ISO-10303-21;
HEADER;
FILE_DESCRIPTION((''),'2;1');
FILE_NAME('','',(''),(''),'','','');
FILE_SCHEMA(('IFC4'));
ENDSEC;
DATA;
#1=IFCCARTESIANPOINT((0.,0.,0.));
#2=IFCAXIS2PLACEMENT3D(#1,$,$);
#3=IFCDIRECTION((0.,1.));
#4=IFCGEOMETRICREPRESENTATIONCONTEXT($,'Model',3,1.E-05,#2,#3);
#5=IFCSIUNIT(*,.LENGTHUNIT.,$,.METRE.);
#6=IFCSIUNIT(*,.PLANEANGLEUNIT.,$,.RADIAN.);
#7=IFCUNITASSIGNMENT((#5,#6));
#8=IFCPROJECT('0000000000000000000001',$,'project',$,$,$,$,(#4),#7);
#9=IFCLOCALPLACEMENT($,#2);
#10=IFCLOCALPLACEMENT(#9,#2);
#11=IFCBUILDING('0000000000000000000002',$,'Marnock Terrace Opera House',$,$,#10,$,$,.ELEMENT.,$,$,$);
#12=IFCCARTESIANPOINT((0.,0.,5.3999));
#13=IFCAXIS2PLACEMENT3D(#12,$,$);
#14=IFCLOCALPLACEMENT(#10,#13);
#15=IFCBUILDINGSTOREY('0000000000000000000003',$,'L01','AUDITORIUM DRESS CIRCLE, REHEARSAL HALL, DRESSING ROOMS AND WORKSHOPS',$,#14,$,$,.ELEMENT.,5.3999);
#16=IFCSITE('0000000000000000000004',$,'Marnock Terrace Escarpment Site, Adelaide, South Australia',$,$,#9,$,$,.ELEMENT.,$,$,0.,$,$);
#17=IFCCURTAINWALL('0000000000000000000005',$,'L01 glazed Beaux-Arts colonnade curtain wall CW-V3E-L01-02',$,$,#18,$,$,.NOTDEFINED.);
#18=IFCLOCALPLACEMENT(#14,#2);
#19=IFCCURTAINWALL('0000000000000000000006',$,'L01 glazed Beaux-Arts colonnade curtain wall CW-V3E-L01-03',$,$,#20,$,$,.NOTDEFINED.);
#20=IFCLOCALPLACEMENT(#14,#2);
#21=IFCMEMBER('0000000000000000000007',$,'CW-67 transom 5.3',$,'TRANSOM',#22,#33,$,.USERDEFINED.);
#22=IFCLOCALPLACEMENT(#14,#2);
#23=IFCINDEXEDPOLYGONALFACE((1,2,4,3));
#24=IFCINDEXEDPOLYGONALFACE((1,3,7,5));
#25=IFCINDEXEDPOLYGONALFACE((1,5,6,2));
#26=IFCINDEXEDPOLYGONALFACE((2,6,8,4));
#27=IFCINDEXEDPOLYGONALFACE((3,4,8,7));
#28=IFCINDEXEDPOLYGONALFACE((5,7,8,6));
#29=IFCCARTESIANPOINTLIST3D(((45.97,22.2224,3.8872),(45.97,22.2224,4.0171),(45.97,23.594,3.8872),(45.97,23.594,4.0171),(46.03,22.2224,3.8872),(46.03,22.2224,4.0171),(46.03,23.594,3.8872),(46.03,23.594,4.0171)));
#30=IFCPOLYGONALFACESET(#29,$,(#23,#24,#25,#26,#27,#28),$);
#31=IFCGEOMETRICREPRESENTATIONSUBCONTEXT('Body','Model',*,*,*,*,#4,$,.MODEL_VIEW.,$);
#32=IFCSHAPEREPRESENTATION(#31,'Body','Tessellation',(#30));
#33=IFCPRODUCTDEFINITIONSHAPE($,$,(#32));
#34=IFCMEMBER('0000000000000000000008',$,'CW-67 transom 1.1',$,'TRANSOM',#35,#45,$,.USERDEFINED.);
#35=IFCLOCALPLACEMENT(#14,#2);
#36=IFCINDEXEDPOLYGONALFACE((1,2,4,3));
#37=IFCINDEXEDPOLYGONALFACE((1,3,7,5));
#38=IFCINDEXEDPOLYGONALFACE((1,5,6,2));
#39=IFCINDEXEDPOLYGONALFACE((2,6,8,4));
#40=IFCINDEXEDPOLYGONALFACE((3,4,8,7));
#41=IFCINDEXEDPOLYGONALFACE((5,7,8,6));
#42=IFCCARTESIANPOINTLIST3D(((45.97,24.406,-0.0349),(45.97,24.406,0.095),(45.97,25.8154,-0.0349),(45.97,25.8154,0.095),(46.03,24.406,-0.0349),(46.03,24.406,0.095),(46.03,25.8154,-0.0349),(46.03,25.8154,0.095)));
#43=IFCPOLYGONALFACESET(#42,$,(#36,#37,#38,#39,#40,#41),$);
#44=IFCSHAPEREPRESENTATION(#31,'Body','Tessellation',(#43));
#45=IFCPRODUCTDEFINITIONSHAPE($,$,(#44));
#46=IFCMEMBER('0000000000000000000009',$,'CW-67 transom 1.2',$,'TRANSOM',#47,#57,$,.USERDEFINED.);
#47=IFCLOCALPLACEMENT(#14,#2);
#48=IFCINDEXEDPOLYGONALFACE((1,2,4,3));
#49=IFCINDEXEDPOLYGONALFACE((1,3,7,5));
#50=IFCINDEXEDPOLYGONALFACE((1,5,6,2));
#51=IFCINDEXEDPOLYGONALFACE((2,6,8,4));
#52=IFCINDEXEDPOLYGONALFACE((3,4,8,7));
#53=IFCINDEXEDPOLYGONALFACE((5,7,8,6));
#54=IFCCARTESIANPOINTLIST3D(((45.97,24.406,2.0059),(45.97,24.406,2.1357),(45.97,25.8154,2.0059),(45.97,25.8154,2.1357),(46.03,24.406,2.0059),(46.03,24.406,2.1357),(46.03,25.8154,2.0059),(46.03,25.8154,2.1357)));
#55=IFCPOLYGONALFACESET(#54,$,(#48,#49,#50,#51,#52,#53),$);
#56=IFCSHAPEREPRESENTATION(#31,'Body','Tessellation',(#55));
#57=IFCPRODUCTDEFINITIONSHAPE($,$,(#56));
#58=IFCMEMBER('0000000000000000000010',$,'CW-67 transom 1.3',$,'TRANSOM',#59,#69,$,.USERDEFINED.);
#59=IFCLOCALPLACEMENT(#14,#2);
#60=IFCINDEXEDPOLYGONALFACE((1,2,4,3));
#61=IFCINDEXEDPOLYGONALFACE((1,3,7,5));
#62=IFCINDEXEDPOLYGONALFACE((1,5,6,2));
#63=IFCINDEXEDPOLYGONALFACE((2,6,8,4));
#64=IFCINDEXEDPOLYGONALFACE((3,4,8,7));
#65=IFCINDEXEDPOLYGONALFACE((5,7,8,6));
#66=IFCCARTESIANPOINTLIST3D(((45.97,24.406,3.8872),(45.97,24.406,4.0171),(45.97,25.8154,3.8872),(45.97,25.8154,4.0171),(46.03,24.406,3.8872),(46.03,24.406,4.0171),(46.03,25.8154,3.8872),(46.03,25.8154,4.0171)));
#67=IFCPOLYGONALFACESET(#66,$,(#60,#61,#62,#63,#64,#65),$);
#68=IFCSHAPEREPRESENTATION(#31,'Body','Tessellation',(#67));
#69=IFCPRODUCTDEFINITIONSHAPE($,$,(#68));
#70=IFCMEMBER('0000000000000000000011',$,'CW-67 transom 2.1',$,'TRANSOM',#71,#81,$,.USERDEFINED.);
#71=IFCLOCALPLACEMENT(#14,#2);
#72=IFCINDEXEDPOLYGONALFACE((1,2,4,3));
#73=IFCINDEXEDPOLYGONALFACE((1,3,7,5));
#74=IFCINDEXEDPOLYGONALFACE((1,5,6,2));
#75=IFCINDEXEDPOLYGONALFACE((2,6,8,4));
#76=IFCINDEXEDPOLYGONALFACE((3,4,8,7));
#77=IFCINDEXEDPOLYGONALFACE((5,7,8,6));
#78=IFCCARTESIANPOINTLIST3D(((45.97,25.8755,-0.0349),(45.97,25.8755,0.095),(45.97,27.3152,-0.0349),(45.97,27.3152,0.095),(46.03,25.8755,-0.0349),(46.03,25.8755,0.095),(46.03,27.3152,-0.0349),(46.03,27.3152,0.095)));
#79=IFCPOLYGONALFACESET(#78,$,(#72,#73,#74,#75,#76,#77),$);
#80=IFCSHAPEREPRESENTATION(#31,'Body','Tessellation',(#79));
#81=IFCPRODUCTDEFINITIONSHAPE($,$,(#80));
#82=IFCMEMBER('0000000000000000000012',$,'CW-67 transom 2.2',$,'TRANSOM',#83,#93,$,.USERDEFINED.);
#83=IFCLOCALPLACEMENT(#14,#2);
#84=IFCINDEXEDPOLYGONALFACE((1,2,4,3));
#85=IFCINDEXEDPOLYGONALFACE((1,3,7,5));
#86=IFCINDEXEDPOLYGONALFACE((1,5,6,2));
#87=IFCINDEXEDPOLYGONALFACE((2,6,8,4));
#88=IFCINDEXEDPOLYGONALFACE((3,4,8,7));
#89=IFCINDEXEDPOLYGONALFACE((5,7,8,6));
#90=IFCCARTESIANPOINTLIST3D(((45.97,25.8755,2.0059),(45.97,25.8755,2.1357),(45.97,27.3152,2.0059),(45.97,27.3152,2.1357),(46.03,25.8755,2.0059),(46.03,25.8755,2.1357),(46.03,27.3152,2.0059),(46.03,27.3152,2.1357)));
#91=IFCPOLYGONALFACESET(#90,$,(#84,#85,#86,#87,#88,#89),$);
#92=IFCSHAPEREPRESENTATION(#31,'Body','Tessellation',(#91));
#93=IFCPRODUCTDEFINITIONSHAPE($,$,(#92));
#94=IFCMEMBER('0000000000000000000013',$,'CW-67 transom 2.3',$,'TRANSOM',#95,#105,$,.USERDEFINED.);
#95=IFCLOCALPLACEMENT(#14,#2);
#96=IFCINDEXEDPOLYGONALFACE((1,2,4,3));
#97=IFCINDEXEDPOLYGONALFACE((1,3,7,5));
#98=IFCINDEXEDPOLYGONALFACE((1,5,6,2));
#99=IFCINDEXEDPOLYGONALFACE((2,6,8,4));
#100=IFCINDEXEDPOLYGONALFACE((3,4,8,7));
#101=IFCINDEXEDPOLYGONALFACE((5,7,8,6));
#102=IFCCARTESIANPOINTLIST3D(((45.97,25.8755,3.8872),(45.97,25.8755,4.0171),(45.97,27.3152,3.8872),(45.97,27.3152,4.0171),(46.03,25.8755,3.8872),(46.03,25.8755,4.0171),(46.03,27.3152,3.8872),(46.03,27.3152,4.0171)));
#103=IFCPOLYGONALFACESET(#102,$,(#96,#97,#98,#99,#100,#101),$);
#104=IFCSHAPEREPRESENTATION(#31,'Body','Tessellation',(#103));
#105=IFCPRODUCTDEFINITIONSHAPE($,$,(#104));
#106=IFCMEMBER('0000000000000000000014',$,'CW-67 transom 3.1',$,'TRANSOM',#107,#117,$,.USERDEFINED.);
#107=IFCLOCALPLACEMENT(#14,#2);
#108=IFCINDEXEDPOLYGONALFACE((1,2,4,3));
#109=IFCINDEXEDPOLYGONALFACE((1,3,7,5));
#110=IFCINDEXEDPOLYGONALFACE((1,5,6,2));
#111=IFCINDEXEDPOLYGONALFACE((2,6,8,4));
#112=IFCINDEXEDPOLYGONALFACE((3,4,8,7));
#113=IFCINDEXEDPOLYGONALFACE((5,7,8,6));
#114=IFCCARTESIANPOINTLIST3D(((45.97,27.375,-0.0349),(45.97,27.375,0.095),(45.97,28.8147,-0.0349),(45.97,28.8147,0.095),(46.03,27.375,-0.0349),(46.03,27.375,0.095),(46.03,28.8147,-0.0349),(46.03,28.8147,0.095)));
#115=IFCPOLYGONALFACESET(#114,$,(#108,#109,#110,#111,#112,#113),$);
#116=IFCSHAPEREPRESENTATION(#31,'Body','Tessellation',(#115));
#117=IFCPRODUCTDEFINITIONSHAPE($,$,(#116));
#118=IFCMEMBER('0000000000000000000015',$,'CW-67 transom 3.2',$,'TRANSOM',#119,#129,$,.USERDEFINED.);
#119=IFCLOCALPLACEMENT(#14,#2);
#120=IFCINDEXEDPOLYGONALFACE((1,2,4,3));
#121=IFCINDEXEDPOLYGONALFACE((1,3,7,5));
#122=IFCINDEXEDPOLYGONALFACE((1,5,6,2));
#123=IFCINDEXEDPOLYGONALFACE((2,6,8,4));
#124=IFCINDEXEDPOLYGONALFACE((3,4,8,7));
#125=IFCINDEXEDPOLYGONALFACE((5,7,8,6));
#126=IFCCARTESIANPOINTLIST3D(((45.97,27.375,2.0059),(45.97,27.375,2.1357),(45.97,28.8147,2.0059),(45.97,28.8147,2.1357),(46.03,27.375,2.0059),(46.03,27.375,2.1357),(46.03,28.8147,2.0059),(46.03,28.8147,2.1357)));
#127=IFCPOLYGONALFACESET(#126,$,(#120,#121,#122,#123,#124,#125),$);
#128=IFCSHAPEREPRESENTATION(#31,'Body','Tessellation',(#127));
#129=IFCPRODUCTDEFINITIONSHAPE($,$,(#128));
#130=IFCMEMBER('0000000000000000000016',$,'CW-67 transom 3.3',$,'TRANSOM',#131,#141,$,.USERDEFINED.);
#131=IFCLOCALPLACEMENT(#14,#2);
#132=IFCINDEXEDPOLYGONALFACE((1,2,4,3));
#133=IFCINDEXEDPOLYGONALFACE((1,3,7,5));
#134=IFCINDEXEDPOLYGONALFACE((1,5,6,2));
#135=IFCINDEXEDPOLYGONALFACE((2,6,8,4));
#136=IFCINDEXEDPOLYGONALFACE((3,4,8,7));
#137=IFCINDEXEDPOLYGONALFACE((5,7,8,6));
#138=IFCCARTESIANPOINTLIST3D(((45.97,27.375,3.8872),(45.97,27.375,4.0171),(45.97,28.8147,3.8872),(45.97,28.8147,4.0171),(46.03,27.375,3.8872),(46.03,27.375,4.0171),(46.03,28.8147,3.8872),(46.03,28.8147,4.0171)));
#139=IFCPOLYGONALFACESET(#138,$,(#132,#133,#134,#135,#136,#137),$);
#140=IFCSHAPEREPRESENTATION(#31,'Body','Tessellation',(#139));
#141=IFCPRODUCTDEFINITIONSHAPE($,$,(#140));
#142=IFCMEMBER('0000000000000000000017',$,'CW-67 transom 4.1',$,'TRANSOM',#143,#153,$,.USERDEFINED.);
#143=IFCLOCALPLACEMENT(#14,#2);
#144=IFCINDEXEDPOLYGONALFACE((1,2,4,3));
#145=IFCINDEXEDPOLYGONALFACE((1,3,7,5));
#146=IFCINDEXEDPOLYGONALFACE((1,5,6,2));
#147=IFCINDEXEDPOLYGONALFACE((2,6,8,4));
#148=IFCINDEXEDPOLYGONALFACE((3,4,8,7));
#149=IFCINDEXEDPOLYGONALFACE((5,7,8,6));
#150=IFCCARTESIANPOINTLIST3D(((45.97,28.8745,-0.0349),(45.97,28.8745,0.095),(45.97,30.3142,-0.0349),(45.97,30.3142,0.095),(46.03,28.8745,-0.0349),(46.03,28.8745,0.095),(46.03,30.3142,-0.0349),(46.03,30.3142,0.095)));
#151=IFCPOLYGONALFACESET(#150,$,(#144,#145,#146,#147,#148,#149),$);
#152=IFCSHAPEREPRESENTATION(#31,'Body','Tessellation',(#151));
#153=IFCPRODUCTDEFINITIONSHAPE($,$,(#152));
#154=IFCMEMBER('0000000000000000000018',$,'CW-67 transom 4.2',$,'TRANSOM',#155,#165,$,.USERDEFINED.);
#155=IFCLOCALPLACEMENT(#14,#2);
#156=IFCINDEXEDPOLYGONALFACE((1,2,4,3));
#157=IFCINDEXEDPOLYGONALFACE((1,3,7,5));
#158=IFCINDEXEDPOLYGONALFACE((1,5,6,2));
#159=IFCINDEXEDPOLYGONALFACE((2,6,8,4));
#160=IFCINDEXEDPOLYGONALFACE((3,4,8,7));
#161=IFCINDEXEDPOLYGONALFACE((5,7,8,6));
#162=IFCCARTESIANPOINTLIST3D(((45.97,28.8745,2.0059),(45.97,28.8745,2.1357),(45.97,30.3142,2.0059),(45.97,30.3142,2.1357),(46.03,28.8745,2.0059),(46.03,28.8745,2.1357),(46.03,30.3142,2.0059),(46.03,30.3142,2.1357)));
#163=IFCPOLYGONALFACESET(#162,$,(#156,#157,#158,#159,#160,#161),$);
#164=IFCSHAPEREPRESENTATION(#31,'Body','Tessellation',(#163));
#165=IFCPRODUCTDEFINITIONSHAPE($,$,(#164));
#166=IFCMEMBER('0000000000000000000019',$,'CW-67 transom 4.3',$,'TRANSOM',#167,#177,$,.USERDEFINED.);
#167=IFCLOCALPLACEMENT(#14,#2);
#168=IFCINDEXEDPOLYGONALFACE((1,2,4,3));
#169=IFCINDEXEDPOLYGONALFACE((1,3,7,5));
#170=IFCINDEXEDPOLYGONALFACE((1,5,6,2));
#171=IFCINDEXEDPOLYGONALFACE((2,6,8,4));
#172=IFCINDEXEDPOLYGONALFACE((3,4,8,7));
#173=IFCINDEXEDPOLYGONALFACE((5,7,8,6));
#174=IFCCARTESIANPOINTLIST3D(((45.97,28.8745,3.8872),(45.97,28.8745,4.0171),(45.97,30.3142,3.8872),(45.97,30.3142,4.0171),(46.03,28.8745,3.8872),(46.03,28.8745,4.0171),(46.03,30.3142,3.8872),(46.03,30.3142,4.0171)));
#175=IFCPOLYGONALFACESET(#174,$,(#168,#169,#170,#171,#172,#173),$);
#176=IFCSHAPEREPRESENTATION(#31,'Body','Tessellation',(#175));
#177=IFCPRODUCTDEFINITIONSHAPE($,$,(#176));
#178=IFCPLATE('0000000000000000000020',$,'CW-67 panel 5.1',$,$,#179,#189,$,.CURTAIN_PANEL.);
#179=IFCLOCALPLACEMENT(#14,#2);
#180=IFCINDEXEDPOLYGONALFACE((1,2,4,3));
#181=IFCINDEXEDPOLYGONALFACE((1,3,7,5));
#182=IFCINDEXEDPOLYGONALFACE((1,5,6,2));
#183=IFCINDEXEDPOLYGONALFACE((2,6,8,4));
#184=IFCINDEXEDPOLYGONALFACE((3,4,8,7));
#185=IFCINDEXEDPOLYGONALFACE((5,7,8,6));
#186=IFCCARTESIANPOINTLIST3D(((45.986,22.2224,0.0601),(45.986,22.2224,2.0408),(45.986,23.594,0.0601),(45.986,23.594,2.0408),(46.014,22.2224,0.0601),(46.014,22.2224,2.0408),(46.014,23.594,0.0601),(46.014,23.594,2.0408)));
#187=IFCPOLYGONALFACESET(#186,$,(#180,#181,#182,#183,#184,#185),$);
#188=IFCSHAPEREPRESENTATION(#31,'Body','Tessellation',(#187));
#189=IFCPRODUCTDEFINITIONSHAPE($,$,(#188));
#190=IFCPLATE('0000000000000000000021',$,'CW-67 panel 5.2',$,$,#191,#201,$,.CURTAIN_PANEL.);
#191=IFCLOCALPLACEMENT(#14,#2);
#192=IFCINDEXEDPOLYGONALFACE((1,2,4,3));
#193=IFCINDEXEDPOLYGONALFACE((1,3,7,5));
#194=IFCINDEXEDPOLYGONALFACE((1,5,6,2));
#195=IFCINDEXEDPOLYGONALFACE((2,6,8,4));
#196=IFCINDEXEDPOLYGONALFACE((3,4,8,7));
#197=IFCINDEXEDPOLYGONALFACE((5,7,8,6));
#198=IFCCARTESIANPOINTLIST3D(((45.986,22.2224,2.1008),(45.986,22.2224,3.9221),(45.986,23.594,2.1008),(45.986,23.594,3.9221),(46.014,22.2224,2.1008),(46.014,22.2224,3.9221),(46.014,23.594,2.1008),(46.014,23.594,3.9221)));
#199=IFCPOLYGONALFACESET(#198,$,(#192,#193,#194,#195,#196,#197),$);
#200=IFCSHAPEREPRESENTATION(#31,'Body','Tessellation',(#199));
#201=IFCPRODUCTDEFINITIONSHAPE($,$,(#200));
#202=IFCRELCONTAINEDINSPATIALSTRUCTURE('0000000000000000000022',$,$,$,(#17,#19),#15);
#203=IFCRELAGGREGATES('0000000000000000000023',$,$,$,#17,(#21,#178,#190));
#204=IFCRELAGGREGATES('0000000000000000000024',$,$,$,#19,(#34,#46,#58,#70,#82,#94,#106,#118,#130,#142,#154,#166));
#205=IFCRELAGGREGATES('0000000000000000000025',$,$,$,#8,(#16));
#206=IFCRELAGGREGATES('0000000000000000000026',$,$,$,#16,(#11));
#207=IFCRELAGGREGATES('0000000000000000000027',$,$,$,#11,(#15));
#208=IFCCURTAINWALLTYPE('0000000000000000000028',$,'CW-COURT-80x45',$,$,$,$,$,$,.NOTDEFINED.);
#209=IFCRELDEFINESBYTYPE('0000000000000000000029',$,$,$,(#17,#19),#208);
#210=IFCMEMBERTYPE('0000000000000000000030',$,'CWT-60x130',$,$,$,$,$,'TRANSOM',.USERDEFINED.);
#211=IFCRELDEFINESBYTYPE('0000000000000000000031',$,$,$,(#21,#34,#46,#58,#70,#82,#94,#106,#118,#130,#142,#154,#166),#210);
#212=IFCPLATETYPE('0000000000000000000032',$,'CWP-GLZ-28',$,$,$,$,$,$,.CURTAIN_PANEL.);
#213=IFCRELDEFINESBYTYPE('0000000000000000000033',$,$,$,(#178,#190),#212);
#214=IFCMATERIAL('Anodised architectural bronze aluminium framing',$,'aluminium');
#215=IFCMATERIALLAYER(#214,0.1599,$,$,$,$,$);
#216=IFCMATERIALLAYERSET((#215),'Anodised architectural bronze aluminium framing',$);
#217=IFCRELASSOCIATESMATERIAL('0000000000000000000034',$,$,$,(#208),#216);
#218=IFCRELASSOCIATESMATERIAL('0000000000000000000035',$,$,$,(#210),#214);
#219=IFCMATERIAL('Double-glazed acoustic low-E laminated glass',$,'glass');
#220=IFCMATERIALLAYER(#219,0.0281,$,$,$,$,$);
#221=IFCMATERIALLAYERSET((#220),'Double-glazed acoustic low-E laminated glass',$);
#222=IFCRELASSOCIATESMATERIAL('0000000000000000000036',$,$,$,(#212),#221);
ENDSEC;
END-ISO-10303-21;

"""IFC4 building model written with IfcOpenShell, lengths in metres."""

from ifc_helpers import new_model, si_unit, direction, frame, origin, origin_2d, place, context, subcontext, project, spatial, rectangle, extrude, material, layer, layer_set, material_profile, profile_set, type_object, element, aggregate, save


model = new_model("IFC4")

# Units and contexts
model_context = context("Model", 3, precision=1e-05, world=origin(), true_north=direction((0.0, 1.0)))
body_context = subcontext(model_context, "Body", "Model", "MODEL_VIEW")
ifc_project = project(units=[si_unit("LENGTHUNIT", "METRE"), si_unit("PLANEANGLEUNIT", "RADIAN")], contexts=[model_context])

# Site, building, storey
site_placement = place(None, origin())
site = spatial("IfcSite", under=ifc_project, at=site_placement, Name="Marnock Terrace Escarpment Site, Adelaide, South Australia", CompositionType="ELEMENT", RefElevation=0.0)
building_placement = place(site_placement, origin())
building = spatial("IfcBuilding", under=site, at=building_placement, Name="Marnock Terrace Opera House", CompositionType="ELEMENT")
storey_placement = place(building_placement, frame((0.0, 0.0, 5.3999)))
storey = spatial("IfcBuildingStorey", under=building, at=storey_placement, Name="L01", Description="AUDITORIUM DRESS CIRCLE, REHEARSAL HALL, DRESSING ROOMS AND WORKSHOPS", CompositionType="ELEMENT", Elevation=5.3999)

# Curtain wall
ifc_material_1 = material(Name="Anodised architectural bronze aluminium framing", Category="aluminium")
ifc_layer_1 = layer(ifc_material_1, 0.1599)
ifc_layer_set_1 = layer_set([ifc_layer_1], Name="Anodised architectural bronze aluminium framing")
curtain_wall_type = type_object("IfcCurtainWallType", Name="CW-COURT-80x45", PredefinedType="NOTDEFINED", material=ifc_layer_set_1)
curtain_wall_1_placement = place(storey_placement, origin())
curtain_wall_1 = element("IfcCurtainWall", 1, at=curtain_wall_1_placement, inside=storey, type_object=curtain_wall_type, Name="L01 glazed Beaux-Arts colonnade curtain wall CW-V3E-L01-02", PredefinedType="NOTDEFINED")

# Curtain wall
curtain_wall_2_placement = place(storey_placement, origin())
curtain_wall_2 = element("IfcCurtainWall", 2, at=curtain_wall_2_placement, inside=storey, type_object=curtain_wall_type, Name="L01 glazed Beaux-Arts colonnade curtain wall CW-V3E-L01-03", PredefinedType="NOTDEFINED")

# Members
ifc_material_profile_1 = material_profile(ifc_material_1, rectangle(XDim=0.0601, YDim=0.1299, at=origin_2d()))
ifc_profile_set_1 = profile_set([ifc_material_profile_1], Name="Anodised architectural bronze aluminium framing")
member_type_1 = type_object("IfcMemberType", Name="CWT-60x130", ElementType="TRANSOM", PredefinedType="USERDEFINED", material=ifc_profile_set_1)
member_1_placement = place(storey_placement, frame((46.0, 22.2224, 3.9521), z_axis=(0.0, 1.0, 0.0), x_axis=(-1.0, 0.0, 0.0)))
member_1 = element("IfcMember", 3, at=member_1_placement, type_object=member_type_1, Name="CW-67 transom 5.3", ObjectType="TRANSOM", PredefinedType="USERDEFINED", context=body_context, shape_type="SweptSolid", body=[
    extrude(rectangle(XDim=0.0601, YDim=0.1299, at=origin_2d()), origin(), (0.0, 0.0, 1.0), 1.3716),
])
member_2_placement = place(storey_placement, frame((46.0, 24.406, 0.03), z_axis=(0.0, 1.0, 0.0), x_axis=(-1.0, 0.0, 0.0)))
member_2 = element("IfcMember", 4, at=member_2_placement, type_object=member_type_1, Name="CW-67 transom 1.1", ObjectType="TRANSOM", PredefinedType="USERDEFINED", context=body_context, shape_type="SweptSolid", body=[
    extrude(rectangle(XDim=0.0601, YDim=0.1299, at=origin_2d()), origin(), (0.0, 0.0, 1.0), 1.4094),
])
member_3_placement = place(storey_placement, frame((46.0, 24.406, 2.0708), z_axis=(0.0, 1.0, 0.0), x_axis=(-1.0, 0.0, 0.0)))
member_3 = element("IfcMember", 5, at=member_3_placement, type_object=member_type_1, Name="CW-67 transom 1.2", ObjectType="TRANSOM", PredefinedType="USERDEFINED", context=body_context, shape_type="SweptSolid", body=[
    extrude(rectangle(XDim=0.0601, YDim=0.1299, at=origin_2d()), origin(), (0.0, 0.0, 1.0), 1.4094),
])
member_4_placement = place(storey_placement, frame((46.0, 24.406, 3.9521), z_axis=(0.0, 1.0, 0.0), x_axis=(-1.0, 0.0, 0.0)))
member_4 = element("IfcMember", 6, at=member_4_placement, type_object=member_type_1, Name="CW-67 transom 1.3", ObjectType="TRANSOM", PredefinedType="USERDEFINED", context=body_context, shape_type="SweptSolid", body=[
    extrude(rectangle(XDim=0.0601, YDim=0.1299, at=origin_2d()), origin(), (0.0, 0.0, 1.0), 1.4094),
])
member_5_placement = place(storey_placement, frame((46.0, 25.8755, 0.03), z_axis=(0.0, 1.0, 0.0), x_axis=(-1.0, 0.0, 0.0)))
member_5 = element("IfcMember", 7, at=member_5_placement, type_object=member_type_1, Name="CW-67 transom 2.1", ObjectType="TRANSOM", PredefinedType="USERDEFINED", context=body_context, shape_type="SweptSolid", body=[
    extrude(rectangle(XDim=0.0601, YDim=0.1299, at=origin_2d()), origin(), (0.0, 0.0, 1.0), 1.4397),
])
member_6_placement = place(storey_placement, frame((46.0, 25.8755, 2.0708), z_axis=(0.0, 1.0, 0.0), x_axis=(-1.0, 0.0, 0.0)))
member_6 = element("IfcMember", 8, at=member_6_placement, type_object=member_type_1, Name="CW-67 transom 2.2", ObjectType="TRANSOM", PredefinedType="USERDEFINED", context=body_context, shape_type="SweptSolid", body=[
    extrude(rectangle(XDim=0.0601, YDim=0.1299, at=origin_2d()), origin(), (0.0, 0.0, 1.0), 1.4397),
])
member_7_placement = place(storey_placement, frame((46.0, 25.8755, 3.9521), z_axis=(0.0, 1.0, 0.0), x_axis=(-1.0, 0.0, 0.0)))
member_7 = element("IfcMember", 9, at=member_7_placement, type_object=member_type_1, Name="CW-67 transom 2.3", ObjectType="TRANSOM", PredefinedType="USERDEFINED", context=body_context, shape_type="SweptSolid", body=[
    extrude(rectangle(XDim=0.0601, YDim=0.1299, at=origin_2d()), origin(), (0.0, 0.0, 1.0), 1.4397),
])
member_8_placement = place(storey_placement, frame((46.0, 27.375, 0.03), z_axis=(0.0, 1.0, 0.0), x_axis=(-1.0, 0.0, 0.0)))
member_8 = element("IfcMember", 10, at=member_8_placement, type_object=member_type_1, Name="CW-67 transom 3.1", ObjectType="TRANSOM", PredefinedType="USERDEFINED", context=body_context, shape_type="SweptSolid", body=[
    extrude(rectangle(XDim=0.0601, YDim=0.1299, at=origin_2d()), origin(), (0.0, 0.0, 1.0), 1.4397),
])
member_9_placement = place(storey_placement, frame((46.0, 27.375, 2.0708), z_axis=(0.0, 1.0, 0.0), x_axis=(-1.0, 0.0, 0.0)))
member_9 = element("IfcMember", 11, at=member_9_placement, type_object=member_type_1, Name="CW-67 transom 3.2", ObjectType="TRANSOM", PredefinedType="USERDEFINED", context=body_context, shape_type="SweptSolid", body=[
    extrude(rectangle(XDim=0.0601, YDim=0.1299, at=origin_2d()), origin(), (0.0, 0.0, 1.0), 1.4397),
])
member_10_placement = place(storey_placement, frame((46.0, 27.375, 3.9521), z_axis=(0.0, 1.0, 0.0), x_axis=(-1.0, 0.0, 0.0)))
member_10 = element("IfcMember", 12, at=member_10_placement, type_object=member_type_1, Name="CW-67 transom 3.3", ObjectType="TRANSOM", PredefinedType="USERDEFINED", context=body_context, shape_type="SweptSolid", body=[
    extrude(rectangle(XDim=0.0601, YDim=0.1299, at=origin_2d()), origin(), (0.0, 0.0, 1.0), 1.4397),
])
member_11_placement = place(storey_placement, frame((46.0, 28.8745, 0.03), z_axis=(0.0, 1.0, 0.0), x_axis=(-1.0, 0.0, 0.0)))
member_11 = element("IfcMember", 13, at=member_11_placement, type_object=member_type_1, Name="CW-67 transom 4.1", ObjectType="TRANSOM", PredefinedType="USERDEFINED", context=body_context, shape_type="SweptSolid", body=[
    extrude(rectangle(XDim=0.0601, YDim=0.1299, at=origin_2d()), origin(), (0.0, 0.0, 1.0), 1.4397),
])
member_12_placement = place(storey_placement, frame((46.0, 28.8745, 2.0708), z_axis=(0.0, 1.0, 0.0), x_axis=(-1.0, 0.0, 0.0)))
member_12 = element("IfcMember", 14, at=member_12_placement, type_object=member_type_1, Name="CW-67 transom 4.2", ObjectType="TRANSOM", PredefinedType="USERDEFINED", context=body_context, shape_type="SweptSolid", body=[
    extrude(rectangle(XDim=0.0601, YDim=0.1299, at=origin_2d()), origin(), (0.0, 0.0, 1.0), 1.4397),
])
member_13_placement = place(storey_placement, frame((46.0, 28.8745, 3.9521), z_axis=(0.0, 1.0, 0.0), x_axis=(-1.0, 0.0, 0.0)))
member_13 = element("IfcMember", 15, at=member_13_placement, type_object=member_type_1, Name="CW-67 transom 4.3", ObjectType="TRANSOM", PredefinedType="USERDEFINED", context=body_context, shape_type="SweptSolid", body=[
    extrude(rectangle(XDim=0.0601, YDim=0.1299, at=origin_2d()), origin(), (0.0, 0.0, 1.0), 1.4397),
])

# Plates
ifc_material_2 = material(Name="Double-glazed acoustic low-E laminated glass", Category="glass")
ifc_layer_2 = layer(ifc_material_2, 0.0281)
ifc_layer_set_2 = layer_set([ifc_layer_2], Name="Double-glazed acoustic low-E laminated glass")
plate_type = type_object("IfcPlateType", Name="CWP-GLZ-28", PredefinedType="CURTAIN_PANEL", material=ifc_layer_set_2)
plate_1_placement = place(storey_placement, frame((46.0, 22.9082, 0.0601), z_axis=(0.0, 0.0, 1.0), x_axis=(0.0, 1.0, 0.0)))
plate_1 = element("IfcPlate", 16, at=plate_1_placement, type_object=plate_type, Name="CW-67 panel 5.1", PredefinedType="CURTAIN_PANEL", context=body_context, shape_type="SweptSolid", body=[
    extrude(rectangle(XDim=1.3716, YDim=0.0281, at=origin_2d()), origin(), (0.0, 0.0, 1.0), 1.9807),
])
plate_2_placement = place(storey_placement, frame((46.0, 22.9082, 2.1008), z_axis=(0.0, 0.0, 1.0), x_axis=(0.0, 1.0, 0.0)))
plate_2 = element("IfcPlate", 17, at=plate_2_placement, type_object=plate_type, Name="CW-67 panel 5.2", PredefinedType="CURTAIN_PANEL", context=body_context, shape_type="SweptSolid", body=[
    extrude(rectangle(XDim=1.3716, YDim=0.0281, at=origin_2d()), origin(), (0.0, 0.0, 1.0), 1.8213),
])
aggregate(curtain_wall_1, [member_1, plate_1, plate_2])
aggregate(curtain_wall_2, [member_2, member_3, member_4, member_5, member_6, member_7, member_8, member_9, member_10, member_11, member_12, member_13])

save(model, "model.ifc")
